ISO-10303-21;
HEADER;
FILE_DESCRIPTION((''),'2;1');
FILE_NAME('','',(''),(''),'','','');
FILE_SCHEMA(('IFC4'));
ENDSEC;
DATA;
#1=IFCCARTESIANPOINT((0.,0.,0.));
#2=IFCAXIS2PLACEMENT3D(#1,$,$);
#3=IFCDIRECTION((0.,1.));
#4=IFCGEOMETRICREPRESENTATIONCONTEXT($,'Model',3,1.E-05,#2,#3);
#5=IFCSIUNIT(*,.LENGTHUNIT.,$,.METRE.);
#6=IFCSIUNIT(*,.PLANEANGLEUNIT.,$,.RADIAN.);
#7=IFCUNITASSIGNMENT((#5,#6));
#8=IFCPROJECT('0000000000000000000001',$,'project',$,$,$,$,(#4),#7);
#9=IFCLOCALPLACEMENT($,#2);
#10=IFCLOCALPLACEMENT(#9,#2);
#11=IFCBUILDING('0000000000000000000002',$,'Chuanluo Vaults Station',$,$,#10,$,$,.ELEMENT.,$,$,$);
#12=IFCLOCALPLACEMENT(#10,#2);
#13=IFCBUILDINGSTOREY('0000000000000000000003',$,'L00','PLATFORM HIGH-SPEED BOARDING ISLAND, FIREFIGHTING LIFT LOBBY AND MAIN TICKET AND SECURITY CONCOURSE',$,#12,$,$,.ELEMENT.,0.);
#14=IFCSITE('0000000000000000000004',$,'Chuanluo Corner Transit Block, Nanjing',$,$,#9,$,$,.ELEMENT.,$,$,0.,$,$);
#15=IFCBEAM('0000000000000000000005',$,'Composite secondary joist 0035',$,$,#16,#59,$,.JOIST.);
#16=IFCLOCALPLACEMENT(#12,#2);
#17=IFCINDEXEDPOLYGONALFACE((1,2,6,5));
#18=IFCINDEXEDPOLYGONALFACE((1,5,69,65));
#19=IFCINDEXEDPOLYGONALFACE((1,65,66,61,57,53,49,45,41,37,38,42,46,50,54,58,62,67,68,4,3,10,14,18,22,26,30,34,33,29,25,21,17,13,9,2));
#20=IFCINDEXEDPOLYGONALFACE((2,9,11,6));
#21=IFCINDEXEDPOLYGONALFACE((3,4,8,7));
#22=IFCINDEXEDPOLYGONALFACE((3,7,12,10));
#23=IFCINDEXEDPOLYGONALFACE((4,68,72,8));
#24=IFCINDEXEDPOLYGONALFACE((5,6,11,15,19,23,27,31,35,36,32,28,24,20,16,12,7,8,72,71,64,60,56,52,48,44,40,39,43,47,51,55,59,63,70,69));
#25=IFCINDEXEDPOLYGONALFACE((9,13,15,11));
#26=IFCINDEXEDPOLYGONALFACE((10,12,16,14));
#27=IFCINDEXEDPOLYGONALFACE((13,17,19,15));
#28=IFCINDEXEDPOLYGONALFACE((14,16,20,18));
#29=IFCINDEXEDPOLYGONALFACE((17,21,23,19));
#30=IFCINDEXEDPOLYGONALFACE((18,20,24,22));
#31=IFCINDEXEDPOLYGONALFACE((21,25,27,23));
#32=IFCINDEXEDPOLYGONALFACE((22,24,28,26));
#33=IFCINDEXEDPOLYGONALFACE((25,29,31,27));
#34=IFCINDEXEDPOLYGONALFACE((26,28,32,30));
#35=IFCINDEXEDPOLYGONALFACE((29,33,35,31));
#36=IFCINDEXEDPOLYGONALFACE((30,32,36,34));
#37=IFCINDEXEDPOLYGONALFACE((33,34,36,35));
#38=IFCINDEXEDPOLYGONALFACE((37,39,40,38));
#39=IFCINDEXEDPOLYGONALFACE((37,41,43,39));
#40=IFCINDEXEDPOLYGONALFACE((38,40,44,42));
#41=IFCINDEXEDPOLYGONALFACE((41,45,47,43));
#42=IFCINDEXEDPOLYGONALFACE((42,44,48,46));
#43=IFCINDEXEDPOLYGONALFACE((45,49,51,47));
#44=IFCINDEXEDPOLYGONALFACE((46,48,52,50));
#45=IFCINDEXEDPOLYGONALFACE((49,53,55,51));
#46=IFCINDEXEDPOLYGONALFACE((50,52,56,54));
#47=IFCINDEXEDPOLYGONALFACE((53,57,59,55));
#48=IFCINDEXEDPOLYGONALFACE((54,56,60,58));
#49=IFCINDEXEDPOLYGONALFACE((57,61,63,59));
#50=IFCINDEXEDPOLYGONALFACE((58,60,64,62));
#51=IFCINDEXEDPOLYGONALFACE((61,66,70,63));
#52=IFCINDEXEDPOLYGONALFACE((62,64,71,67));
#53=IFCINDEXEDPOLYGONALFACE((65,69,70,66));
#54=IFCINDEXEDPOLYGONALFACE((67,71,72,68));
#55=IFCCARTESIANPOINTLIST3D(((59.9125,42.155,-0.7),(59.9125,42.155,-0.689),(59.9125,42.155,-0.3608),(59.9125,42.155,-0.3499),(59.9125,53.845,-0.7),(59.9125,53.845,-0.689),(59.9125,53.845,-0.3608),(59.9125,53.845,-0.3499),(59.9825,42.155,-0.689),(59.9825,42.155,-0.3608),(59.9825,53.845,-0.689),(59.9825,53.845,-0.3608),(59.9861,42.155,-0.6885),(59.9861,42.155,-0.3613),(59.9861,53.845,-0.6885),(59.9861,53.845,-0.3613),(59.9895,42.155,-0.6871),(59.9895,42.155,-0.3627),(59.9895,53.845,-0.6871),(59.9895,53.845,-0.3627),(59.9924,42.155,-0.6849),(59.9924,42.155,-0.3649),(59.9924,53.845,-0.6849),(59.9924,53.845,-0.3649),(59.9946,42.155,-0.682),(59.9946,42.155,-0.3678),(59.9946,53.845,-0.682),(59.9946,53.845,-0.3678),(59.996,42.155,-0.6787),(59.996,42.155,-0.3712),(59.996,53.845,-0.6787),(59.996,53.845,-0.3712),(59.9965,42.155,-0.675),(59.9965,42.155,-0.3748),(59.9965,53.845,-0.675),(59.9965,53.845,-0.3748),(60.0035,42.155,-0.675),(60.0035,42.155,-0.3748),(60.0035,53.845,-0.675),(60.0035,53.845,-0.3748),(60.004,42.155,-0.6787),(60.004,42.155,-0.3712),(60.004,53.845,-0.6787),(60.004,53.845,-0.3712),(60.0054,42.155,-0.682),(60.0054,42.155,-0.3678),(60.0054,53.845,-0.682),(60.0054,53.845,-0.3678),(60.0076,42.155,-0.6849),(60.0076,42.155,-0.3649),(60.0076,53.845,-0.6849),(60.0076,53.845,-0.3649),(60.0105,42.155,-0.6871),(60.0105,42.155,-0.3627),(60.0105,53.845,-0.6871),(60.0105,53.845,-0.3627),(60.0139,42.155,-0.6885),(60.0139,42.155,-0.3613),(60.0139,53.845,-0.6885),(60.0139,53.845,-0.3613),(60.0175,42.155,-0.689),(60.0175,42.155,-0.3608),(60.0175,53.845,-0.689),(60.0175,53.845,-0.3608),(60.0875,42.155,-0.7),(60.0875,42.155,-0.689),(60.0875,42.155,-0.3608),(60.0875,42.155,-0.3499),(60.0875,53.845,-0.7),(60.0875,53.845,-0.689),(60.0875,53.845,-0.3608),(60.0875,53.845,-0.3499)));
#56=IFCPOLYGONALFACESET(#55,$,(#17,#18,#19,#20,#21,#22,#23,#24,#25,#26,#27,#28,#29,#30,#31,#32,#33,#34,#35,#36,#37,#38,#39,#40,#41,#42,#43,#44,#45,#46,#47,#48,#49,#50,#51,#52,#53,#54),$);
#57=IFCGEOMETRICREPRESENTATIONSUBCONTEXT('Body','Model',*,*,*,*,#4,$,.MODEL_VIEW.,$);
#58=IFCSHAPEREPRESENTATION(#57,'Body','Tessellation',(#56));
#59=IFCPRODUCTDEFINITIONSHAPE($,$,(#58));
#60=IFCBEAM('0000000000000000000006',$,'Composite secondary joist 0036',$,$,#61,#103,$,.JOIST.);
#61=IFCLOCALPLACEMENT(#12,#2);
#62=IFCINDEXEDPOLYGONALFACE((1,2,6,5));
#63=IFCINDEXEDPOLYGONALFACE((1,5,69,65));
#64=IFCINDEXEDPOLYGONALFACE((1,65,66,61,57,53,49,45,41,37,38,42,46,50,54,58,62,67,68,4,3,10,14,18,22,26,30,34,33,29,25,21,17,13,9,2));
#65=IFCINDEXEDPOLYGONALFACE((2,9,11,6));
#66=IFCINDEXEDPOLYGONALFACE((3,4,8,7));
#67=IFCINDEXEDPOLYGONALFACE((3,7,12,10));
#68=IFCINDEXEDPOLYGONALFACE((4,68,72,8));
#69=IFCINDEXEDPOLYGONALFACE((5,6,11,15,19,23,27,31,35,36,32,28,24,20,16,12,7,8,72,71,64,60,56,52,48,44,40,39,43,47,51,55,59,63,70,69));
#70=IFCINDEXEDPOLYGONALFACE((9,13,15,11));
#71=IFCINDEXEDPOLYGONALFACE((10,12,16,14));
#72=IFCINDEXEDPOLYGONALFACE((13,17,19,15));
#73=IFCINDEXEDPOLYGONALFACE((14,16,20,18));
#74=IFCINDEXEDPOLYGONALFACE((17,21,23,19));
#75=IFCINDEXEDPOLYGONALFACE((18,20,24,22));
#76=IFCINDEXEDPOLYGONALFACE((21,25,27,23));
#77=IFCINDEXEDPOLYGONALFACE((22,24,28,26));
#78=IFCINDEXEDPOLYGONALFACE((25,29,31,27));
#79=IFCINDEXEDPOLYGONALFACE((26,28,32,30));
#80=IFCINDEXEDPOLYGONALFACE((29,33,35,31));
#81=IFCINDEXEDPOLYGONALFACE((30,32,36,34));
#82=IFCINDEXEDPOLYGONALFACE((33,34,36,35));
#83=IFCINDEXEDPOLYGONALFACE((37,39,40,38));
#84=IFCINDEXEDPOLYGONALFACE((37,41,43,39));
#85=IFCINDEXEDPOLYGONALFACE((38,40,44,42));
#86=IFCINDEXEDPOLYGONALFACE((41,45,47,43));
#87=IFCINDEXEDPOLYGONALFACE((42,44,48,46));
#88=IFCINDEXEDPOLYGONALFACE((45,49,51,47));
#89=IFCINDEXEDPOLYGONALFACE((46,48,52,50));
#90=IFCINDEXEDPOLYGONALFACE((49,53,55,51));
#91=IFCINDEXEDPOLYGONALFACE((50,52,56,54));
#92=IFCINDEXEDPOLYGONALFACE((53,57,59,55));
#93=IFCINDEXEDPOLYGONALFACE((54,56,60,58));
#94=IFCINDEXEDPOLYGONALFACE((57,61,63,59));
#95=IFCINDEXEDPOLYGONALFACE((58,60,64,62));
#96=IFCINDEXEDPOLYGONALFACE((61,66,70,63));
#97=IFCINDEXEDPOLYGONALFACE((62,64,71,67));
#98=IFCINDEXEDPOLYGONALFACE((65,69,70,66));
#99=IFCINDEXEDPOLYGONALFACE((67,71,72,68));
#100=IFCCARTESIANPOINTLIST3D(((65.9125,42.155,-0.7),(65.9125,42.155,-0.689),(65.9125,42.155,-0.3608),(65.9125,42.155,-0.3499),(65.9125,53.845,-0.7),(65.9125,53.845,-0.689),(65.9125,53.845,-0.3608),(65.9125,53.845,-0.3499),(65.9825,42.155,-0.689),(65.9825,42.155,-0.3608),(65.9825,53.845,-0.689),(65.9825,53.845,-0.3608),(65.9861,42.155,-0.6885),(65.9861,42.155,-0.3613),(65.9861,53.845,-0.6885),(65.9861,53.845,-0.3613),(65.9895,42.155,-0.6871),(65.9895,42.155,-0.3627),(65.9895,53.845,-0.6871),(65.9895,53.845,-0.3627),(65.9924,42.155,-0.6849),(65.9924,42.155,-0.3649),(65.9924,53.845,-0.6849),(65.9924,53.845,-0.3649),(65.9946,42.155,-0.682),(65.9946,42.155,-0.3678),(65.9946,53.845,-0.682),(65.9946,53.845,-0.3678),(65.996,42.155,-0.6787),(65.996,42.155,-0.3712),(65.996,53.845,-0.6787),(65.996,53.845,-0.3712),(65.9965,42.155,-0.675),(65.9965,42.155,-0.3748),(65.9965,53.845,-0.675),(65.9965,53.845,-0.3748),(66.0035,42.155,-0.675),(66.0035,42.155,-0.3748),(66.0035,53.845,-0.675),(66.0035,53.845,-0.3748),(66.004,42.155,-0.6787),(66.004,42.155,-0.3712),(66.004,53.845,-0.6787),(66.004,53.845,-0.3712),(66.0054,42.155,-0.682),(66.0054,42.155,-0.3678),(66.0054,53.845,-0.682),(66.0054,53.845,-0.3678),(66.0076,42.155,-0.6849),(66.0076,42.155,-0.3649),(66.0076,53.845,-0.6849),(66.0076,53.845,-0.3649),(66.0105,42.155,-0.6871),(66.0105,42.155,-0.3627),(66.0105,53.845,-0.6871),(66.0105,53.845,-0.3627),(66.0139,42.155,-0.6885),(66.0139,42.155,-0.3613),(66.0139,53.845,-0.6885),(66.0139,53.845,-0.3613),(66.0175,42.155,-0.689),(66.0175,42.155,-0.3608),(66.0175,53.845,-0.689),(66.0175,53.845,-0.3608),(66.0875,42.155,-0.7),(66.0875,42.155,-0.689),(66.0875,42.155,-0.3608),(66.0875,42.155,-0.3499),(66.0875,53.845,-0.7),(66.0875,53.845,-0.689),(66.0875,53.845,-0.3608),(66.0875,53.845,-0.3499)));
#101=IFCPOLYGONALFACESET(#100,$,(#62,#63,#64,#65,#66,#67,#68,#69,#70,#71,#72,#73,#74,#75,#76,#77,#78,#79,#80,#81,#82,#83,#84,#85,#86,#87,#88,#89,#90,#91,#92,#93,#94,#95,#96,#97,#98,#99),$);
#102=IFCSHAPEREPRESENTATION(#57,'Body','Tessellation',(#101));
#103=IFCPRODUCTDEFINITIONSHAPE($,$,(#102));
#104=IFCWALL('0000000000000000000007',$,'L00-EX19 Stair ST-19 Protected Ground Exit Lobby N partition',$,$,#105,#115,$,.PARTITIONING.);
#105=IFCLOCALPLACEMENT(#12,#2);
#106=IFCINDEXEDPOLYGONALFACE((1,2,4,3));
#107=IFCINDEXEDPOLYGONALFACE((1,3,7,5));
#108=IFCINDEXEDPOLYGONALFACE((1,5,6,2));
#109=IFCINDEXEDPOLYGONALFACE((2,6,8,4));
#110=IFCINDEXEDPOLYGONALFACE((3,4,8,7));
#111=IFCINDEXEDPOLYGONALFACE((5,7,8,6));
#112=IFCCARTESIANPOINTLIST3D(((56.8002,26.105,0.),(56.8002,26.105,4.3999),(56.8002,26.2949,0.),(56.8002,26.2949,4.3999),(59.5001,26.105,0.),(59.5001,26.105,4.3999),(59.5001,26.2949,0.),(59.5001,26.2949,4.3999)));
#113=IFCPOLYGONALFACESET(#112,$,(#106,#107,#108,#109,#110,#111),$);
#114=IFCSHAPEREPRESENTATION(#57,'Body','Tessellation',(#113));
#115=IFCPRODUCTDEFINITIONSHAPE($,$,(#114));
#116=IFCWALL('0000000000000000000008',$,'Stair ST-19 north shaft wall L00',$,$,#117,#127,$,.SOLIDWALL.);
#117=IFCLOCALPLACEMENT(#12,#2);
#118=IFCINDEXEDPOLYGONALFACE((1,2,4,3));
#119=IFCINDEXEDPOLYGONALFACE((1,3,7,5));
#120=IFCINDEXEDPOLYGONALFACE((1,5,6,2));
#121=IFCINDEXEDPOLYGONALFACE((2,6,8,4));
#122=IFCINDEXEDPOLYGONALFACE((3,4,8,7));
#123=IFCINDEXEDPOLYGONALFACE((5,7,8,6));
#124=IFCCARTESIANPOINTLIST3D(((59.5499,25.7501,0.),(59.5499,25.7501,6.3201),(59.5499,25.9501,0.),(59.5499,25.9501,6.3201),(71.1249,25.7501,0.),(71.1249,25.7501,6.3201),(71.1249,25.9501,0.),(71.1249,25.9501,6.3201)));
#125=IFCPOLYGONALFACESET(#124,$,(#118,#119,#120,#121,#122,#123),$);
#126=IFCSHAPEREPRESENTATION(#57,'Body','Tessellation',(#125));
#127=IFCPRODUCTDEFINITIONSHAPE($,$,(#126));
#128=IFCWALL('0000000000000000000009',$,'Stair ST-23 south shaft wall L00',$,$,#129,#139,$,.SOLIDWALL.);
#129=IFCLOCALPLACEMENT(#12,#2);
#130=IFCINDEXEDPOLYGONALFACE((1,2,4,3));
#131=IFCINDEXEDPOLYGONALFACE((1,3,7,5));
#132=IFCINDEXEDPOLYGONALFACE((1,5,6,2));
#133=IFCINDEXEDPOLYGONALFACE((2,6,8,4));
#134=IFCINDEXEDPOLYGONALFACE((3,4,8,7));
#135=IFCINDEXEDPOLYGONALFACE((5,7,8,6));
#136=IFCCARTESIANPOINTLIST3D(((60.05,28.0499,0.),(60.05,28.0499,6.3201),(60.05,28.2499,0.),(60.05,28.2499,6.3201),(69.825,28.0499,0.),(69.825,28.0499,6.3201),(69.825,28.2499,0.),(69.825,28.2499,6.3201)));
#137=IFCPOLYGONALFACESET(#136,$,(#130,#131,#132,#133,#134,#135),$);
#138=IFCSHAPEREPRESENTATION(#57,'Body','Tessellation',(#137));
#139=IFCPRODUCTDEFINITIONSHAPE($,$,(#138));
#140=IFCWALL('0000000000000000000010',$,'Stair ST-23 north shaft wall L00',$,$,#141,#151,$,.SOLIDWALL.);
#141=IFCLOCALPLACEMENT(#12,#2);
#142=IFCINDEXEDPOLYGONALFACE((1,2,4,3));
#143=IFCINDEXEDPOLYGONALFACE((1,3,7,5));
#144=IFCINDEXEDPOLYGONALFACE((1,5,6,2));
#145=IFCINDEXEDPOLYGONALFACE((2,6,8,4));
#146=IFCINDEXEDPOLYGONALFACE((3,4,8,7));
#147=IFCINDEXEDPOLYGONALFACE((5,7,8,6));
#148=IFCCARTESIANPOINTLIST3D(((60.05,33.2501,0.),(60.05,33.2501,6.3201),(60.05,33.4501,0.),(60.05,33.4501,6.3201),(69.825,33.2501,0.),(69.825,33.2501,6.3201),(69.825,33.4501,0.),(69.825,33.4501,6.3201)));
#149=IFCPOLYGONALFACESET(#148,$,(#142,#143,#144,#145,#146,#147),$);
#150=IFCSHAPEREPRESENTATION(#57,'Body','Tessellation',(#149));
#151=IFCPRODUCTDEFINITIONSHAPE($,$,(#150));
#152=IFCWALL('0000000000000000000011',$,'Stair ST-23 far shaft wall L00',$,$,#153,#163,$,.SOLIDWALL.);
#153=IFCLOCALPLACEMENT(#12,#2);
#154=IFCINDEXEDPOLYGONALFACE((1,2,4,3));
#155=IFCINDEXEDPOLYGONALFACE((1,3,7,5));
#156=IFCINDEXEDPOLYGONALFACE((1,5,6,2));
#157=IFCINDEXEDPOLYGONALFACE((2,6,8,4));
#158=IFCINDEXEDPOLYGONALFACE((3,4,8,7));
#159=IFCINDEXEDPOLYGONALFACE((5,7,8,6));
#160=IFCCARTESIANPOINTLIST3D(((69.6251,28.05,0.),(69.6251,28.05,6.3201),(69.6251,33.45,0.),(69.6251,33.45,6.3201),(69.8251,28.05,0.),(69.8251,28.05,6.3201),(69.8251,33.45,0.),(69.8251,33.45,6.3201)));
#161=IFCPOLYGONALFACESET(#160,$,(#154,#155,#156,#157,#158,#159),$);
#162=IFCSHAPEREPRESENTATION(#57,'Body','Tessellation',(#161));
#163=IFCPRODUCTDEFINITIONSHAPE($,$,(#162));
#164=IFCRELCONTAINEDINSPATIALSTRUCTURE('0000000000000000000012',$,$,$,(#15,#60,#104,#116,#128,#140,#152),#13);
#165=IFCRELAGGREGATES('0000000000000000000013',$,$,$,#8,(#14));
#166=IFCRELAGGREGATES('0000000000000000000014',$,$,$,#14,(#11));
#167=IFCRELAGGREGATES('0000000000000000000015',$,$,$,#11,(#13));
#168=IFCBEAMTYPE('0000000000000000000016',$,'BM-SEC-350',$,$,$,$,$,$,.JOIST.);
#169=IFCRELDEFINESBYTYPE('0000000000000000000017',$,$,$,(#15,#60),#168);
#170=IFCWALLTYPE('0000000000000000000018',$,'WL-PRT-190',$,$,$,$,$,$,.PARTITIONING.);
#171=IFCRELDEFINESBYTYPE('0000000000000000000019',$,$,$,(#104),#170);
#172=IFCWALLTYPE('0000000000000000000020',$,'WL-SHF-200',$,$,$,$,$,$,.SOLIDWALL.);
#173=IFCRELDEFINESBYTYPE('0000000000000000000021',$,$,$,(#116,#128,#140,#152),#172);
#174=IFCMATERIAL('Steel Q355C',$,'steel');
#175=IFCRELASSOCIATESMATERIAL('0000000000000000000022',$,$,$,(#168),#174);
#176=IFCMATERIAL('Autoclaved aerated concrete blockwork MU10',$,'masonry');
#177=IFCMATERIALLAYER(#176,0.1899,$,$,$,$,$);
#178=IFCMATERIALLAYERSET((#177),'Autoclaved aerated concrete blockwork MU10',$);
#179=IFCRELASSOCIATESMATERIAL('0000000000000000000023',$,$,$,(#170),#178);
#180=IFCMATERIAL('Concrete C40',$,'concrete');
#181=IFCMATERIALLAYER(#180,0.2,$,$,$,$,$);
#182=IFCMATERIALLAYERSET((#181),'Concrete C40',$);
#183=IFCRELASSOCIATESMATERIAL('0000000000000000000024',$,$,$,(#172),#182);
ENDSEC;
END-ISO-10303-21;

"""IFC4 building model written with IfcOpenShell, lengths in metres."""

from ifc_helpers import new_model, si_unit, direction, frame, frame_2d, origin, origin_2d, place, context, subcontext, project, spatial, rectangle, i_section, extrude, material, layer, layer_set, material_profile, profile_set, type_object, element, save


model = new_model("IFC4")

# Units and contexts
model_context = context("Model", 3, precision=1e-05, world=origin(), true_north=direction((0.0, 1.0)))
body_context = subcontext(model_context, "Body", "Model", "MODEL_VIEW")
ifc_project = project(units=[si_unit("LENGTHUNIT", "METRE"), si_unit("PLANEANGLEUNIT", "RADIAN")], contexts=[model_context])

# Site, building, storey
site_placement = place(None, origin())
site = spatial("IfcSite", under=ifc_project, at=site_placement, Name="Chuanluo Corner Transit Block, Nanjing", CompositionType="ELEMENT", RefElevation=0.0)
building_placement = place(site_placement, origin())
building = spatial("IfcBuilding", under=site, at=building_placement, Name="Chuanluo Vaults Station", CompositionType="ELEMENT")
storey_placement = place(building_placement, origin())
storey = spatial("IfcBuildingStorey", under=building, at=storey_placement, Name="L00", Description="PLATFORM HIGH-SPEED BOARDING ISLAND, FIREFIGHTING LIFT LOBBY AND MAIN TICKET AND SECURITY CONCOURSE", CompositionType="ELEMENT", Elevation=0.0)

# Beams
ifc_material_1 = material(Name="Steel Q355C", Category="steel")
ifc_material_profile_1 = material_profile(ifc_material_1, i_section(OverallWidth=0.175, OverallDepth=0.3501, WebThickness=0.0071, FlangeThickness=0.011, FilletRadius=0.0139, at=origin_2d()))
ifc_profile_set_1 = profile_set([ifc_material_profile_1], Name="Steel Q355C")
beam_type_1 = type_object("IfcBeamType", Name="BM-SEC-350", PredefinedType="JOIST", material=ifc_profile_set_1)
for number, where, z_axis, x_axis, name in (
    (1, (60.0, 42.155, -0.5249), (0.0, 1.0, 0.0), (-1.0, 0.0, 0.0), "Composite secondary joist 0035"),
    (2, (66.0, 42.155, -0.5249), (0.0, 1.0, 0.0), (-1.0, 0.0, 0.0), "Composite secondary joist 0036"),
):
    element("IfcBeam", number, at=place(storey_placement, frame(where, z_axis=z_axis, x_axis=x_axis)), inside=storey, type_object=beam_type_1, Name=name, PredefinedType="JOIST", context=body_context, shape_type="SweptSolid", body=[
        extrude(i_section(OverallWidth=0.175, OverallDepth=0.3501, WebThickness=0.0071, FlangeThickness=0.011, FilletRadius=0.0139, at=origin_2d()), origin(), (0.0, 0.0, 1.0), 11.6899),
    ])

# Walls
ifc_material_2 = material(Name="Autoclaved aerated concrete blockwork MU10", Category="masonry")
ifc_layer_1 = layer(ifc_material_2, 0.1899)
ifc_layer_set_1 = layer_set([ifc_layer_1], Name="Autoclaved aerated concrete blockwork MU10")
wall_type_1 = type_object("IfcWallType", Name="WL-PRT-190", PredefinedType="PARTITIONING", material=ifc_layer_set_1)
wall_1_placement = place(storey_placement, frame((56.8, 26.2, 0.0), z_axis=(0.0, 0.0, 1.0), x_axis=(1.0, 0.0, 0.0)))
element("IfcWall", 3, at=wall_1_placement, inside=storey, type_object=wall_type_1, Name="L00-EX19 Stair ST-19 Protected Ground Exit Lobby N partition", PredefinedType="PARTITIONING", context=body_context, shape_type="SweptSolid", body=[
    extrude(rectangle(XDim=2.7, YDim=0.1899, at=frame_2d((1.3501, 0.0))), origin(), (0.0, 0.0, 1.0), 4.3999),
])
ifc_material_3 = material(Name="Concrete C40", Category="concrete")
ifc_layer_2 = layer(ifc_material_3, 0.2)
ifc_layer_set_2 = layer_set([ifc_layer_2], Name="Concrete C40")
wall_type_2 = type_object("IfcWallType", Name="WL-SHF-200", PredefinedType="SOLIDWALL", material=ifc_layer_set_2)
wall_2_placement = place(storey_placement, frame((71.125, 25.8501, 0.0), z_axis=(0.0, 0.0, 1.0), x_axis=(-1.0, 0.0, 0.0)))
element("IfcWall", 4, at=wall_2_placement, inside=storey, type_object=wall_type_2, Name="Stair ST-19 north shaft wall L00", PredefinedType="SOLIDWALL", context=body_context, shape_type="SweptSolid", body=[
    extrude(rectangle(XDim=11.575, YDim=0.2, at=frame_2d((5.7876, 0.0))), origin(), (0.0, 0.0, 1.0), 6.3201),
])

# Walls
for number, where, z_axis, x_axis, name in (
    (5, (60.05, 28.1499, 0.0), (0.0, 0.0, 1.0), (1.0, 0.0, 0.0), "Stair ST-23 south shaft wall L00"),
    (6, (69.825, 33.3501, 0.0), (0.0, 0.0, 1.0), (-1.0, 0.0, 0.0), "Stair ST-23 north shaft wall L00"),
):
    element("IfcWall", number, at=place(storey_placement, frame(where, z_axis=z_axis, x_axis=x_axis)), inside=storey, type_object=wall_type_2, Name=name, PredefinedType="SOLIDWALL", context=body_context, shape_type="SweptSolid", body=[
        extrude(rectangle(XDim=9.7749, YDim=0.2, at=frame_2d((4.8875, 0.0))), origin(), (0.0, 0.0, 1.0), 6.3201),
    ])
wall_3_placement = place(storey_placement, frame((69.7251, 28.05, 0.0), z_axis=(0.0, 0.0, 1.0), x_axis=(0.0, 1.0, 0.0)))
element("IfcWall", 7, at=wall_3_placement, inside=storey, type_object=wall_type_2, Name="Stair ST-23 far shaft wall L00", PredefinedType="SOLIDWALL", context=body_context, shape_type="SweptSolid", body=[
    extrude(rectangle(XDim=5.3999, YDim=0.2, at=frame_2d((2.7, 0.0))), origin(), (0.0, 0.0, 1.0), 6.3201),
])

save(model, "model.ifc")
